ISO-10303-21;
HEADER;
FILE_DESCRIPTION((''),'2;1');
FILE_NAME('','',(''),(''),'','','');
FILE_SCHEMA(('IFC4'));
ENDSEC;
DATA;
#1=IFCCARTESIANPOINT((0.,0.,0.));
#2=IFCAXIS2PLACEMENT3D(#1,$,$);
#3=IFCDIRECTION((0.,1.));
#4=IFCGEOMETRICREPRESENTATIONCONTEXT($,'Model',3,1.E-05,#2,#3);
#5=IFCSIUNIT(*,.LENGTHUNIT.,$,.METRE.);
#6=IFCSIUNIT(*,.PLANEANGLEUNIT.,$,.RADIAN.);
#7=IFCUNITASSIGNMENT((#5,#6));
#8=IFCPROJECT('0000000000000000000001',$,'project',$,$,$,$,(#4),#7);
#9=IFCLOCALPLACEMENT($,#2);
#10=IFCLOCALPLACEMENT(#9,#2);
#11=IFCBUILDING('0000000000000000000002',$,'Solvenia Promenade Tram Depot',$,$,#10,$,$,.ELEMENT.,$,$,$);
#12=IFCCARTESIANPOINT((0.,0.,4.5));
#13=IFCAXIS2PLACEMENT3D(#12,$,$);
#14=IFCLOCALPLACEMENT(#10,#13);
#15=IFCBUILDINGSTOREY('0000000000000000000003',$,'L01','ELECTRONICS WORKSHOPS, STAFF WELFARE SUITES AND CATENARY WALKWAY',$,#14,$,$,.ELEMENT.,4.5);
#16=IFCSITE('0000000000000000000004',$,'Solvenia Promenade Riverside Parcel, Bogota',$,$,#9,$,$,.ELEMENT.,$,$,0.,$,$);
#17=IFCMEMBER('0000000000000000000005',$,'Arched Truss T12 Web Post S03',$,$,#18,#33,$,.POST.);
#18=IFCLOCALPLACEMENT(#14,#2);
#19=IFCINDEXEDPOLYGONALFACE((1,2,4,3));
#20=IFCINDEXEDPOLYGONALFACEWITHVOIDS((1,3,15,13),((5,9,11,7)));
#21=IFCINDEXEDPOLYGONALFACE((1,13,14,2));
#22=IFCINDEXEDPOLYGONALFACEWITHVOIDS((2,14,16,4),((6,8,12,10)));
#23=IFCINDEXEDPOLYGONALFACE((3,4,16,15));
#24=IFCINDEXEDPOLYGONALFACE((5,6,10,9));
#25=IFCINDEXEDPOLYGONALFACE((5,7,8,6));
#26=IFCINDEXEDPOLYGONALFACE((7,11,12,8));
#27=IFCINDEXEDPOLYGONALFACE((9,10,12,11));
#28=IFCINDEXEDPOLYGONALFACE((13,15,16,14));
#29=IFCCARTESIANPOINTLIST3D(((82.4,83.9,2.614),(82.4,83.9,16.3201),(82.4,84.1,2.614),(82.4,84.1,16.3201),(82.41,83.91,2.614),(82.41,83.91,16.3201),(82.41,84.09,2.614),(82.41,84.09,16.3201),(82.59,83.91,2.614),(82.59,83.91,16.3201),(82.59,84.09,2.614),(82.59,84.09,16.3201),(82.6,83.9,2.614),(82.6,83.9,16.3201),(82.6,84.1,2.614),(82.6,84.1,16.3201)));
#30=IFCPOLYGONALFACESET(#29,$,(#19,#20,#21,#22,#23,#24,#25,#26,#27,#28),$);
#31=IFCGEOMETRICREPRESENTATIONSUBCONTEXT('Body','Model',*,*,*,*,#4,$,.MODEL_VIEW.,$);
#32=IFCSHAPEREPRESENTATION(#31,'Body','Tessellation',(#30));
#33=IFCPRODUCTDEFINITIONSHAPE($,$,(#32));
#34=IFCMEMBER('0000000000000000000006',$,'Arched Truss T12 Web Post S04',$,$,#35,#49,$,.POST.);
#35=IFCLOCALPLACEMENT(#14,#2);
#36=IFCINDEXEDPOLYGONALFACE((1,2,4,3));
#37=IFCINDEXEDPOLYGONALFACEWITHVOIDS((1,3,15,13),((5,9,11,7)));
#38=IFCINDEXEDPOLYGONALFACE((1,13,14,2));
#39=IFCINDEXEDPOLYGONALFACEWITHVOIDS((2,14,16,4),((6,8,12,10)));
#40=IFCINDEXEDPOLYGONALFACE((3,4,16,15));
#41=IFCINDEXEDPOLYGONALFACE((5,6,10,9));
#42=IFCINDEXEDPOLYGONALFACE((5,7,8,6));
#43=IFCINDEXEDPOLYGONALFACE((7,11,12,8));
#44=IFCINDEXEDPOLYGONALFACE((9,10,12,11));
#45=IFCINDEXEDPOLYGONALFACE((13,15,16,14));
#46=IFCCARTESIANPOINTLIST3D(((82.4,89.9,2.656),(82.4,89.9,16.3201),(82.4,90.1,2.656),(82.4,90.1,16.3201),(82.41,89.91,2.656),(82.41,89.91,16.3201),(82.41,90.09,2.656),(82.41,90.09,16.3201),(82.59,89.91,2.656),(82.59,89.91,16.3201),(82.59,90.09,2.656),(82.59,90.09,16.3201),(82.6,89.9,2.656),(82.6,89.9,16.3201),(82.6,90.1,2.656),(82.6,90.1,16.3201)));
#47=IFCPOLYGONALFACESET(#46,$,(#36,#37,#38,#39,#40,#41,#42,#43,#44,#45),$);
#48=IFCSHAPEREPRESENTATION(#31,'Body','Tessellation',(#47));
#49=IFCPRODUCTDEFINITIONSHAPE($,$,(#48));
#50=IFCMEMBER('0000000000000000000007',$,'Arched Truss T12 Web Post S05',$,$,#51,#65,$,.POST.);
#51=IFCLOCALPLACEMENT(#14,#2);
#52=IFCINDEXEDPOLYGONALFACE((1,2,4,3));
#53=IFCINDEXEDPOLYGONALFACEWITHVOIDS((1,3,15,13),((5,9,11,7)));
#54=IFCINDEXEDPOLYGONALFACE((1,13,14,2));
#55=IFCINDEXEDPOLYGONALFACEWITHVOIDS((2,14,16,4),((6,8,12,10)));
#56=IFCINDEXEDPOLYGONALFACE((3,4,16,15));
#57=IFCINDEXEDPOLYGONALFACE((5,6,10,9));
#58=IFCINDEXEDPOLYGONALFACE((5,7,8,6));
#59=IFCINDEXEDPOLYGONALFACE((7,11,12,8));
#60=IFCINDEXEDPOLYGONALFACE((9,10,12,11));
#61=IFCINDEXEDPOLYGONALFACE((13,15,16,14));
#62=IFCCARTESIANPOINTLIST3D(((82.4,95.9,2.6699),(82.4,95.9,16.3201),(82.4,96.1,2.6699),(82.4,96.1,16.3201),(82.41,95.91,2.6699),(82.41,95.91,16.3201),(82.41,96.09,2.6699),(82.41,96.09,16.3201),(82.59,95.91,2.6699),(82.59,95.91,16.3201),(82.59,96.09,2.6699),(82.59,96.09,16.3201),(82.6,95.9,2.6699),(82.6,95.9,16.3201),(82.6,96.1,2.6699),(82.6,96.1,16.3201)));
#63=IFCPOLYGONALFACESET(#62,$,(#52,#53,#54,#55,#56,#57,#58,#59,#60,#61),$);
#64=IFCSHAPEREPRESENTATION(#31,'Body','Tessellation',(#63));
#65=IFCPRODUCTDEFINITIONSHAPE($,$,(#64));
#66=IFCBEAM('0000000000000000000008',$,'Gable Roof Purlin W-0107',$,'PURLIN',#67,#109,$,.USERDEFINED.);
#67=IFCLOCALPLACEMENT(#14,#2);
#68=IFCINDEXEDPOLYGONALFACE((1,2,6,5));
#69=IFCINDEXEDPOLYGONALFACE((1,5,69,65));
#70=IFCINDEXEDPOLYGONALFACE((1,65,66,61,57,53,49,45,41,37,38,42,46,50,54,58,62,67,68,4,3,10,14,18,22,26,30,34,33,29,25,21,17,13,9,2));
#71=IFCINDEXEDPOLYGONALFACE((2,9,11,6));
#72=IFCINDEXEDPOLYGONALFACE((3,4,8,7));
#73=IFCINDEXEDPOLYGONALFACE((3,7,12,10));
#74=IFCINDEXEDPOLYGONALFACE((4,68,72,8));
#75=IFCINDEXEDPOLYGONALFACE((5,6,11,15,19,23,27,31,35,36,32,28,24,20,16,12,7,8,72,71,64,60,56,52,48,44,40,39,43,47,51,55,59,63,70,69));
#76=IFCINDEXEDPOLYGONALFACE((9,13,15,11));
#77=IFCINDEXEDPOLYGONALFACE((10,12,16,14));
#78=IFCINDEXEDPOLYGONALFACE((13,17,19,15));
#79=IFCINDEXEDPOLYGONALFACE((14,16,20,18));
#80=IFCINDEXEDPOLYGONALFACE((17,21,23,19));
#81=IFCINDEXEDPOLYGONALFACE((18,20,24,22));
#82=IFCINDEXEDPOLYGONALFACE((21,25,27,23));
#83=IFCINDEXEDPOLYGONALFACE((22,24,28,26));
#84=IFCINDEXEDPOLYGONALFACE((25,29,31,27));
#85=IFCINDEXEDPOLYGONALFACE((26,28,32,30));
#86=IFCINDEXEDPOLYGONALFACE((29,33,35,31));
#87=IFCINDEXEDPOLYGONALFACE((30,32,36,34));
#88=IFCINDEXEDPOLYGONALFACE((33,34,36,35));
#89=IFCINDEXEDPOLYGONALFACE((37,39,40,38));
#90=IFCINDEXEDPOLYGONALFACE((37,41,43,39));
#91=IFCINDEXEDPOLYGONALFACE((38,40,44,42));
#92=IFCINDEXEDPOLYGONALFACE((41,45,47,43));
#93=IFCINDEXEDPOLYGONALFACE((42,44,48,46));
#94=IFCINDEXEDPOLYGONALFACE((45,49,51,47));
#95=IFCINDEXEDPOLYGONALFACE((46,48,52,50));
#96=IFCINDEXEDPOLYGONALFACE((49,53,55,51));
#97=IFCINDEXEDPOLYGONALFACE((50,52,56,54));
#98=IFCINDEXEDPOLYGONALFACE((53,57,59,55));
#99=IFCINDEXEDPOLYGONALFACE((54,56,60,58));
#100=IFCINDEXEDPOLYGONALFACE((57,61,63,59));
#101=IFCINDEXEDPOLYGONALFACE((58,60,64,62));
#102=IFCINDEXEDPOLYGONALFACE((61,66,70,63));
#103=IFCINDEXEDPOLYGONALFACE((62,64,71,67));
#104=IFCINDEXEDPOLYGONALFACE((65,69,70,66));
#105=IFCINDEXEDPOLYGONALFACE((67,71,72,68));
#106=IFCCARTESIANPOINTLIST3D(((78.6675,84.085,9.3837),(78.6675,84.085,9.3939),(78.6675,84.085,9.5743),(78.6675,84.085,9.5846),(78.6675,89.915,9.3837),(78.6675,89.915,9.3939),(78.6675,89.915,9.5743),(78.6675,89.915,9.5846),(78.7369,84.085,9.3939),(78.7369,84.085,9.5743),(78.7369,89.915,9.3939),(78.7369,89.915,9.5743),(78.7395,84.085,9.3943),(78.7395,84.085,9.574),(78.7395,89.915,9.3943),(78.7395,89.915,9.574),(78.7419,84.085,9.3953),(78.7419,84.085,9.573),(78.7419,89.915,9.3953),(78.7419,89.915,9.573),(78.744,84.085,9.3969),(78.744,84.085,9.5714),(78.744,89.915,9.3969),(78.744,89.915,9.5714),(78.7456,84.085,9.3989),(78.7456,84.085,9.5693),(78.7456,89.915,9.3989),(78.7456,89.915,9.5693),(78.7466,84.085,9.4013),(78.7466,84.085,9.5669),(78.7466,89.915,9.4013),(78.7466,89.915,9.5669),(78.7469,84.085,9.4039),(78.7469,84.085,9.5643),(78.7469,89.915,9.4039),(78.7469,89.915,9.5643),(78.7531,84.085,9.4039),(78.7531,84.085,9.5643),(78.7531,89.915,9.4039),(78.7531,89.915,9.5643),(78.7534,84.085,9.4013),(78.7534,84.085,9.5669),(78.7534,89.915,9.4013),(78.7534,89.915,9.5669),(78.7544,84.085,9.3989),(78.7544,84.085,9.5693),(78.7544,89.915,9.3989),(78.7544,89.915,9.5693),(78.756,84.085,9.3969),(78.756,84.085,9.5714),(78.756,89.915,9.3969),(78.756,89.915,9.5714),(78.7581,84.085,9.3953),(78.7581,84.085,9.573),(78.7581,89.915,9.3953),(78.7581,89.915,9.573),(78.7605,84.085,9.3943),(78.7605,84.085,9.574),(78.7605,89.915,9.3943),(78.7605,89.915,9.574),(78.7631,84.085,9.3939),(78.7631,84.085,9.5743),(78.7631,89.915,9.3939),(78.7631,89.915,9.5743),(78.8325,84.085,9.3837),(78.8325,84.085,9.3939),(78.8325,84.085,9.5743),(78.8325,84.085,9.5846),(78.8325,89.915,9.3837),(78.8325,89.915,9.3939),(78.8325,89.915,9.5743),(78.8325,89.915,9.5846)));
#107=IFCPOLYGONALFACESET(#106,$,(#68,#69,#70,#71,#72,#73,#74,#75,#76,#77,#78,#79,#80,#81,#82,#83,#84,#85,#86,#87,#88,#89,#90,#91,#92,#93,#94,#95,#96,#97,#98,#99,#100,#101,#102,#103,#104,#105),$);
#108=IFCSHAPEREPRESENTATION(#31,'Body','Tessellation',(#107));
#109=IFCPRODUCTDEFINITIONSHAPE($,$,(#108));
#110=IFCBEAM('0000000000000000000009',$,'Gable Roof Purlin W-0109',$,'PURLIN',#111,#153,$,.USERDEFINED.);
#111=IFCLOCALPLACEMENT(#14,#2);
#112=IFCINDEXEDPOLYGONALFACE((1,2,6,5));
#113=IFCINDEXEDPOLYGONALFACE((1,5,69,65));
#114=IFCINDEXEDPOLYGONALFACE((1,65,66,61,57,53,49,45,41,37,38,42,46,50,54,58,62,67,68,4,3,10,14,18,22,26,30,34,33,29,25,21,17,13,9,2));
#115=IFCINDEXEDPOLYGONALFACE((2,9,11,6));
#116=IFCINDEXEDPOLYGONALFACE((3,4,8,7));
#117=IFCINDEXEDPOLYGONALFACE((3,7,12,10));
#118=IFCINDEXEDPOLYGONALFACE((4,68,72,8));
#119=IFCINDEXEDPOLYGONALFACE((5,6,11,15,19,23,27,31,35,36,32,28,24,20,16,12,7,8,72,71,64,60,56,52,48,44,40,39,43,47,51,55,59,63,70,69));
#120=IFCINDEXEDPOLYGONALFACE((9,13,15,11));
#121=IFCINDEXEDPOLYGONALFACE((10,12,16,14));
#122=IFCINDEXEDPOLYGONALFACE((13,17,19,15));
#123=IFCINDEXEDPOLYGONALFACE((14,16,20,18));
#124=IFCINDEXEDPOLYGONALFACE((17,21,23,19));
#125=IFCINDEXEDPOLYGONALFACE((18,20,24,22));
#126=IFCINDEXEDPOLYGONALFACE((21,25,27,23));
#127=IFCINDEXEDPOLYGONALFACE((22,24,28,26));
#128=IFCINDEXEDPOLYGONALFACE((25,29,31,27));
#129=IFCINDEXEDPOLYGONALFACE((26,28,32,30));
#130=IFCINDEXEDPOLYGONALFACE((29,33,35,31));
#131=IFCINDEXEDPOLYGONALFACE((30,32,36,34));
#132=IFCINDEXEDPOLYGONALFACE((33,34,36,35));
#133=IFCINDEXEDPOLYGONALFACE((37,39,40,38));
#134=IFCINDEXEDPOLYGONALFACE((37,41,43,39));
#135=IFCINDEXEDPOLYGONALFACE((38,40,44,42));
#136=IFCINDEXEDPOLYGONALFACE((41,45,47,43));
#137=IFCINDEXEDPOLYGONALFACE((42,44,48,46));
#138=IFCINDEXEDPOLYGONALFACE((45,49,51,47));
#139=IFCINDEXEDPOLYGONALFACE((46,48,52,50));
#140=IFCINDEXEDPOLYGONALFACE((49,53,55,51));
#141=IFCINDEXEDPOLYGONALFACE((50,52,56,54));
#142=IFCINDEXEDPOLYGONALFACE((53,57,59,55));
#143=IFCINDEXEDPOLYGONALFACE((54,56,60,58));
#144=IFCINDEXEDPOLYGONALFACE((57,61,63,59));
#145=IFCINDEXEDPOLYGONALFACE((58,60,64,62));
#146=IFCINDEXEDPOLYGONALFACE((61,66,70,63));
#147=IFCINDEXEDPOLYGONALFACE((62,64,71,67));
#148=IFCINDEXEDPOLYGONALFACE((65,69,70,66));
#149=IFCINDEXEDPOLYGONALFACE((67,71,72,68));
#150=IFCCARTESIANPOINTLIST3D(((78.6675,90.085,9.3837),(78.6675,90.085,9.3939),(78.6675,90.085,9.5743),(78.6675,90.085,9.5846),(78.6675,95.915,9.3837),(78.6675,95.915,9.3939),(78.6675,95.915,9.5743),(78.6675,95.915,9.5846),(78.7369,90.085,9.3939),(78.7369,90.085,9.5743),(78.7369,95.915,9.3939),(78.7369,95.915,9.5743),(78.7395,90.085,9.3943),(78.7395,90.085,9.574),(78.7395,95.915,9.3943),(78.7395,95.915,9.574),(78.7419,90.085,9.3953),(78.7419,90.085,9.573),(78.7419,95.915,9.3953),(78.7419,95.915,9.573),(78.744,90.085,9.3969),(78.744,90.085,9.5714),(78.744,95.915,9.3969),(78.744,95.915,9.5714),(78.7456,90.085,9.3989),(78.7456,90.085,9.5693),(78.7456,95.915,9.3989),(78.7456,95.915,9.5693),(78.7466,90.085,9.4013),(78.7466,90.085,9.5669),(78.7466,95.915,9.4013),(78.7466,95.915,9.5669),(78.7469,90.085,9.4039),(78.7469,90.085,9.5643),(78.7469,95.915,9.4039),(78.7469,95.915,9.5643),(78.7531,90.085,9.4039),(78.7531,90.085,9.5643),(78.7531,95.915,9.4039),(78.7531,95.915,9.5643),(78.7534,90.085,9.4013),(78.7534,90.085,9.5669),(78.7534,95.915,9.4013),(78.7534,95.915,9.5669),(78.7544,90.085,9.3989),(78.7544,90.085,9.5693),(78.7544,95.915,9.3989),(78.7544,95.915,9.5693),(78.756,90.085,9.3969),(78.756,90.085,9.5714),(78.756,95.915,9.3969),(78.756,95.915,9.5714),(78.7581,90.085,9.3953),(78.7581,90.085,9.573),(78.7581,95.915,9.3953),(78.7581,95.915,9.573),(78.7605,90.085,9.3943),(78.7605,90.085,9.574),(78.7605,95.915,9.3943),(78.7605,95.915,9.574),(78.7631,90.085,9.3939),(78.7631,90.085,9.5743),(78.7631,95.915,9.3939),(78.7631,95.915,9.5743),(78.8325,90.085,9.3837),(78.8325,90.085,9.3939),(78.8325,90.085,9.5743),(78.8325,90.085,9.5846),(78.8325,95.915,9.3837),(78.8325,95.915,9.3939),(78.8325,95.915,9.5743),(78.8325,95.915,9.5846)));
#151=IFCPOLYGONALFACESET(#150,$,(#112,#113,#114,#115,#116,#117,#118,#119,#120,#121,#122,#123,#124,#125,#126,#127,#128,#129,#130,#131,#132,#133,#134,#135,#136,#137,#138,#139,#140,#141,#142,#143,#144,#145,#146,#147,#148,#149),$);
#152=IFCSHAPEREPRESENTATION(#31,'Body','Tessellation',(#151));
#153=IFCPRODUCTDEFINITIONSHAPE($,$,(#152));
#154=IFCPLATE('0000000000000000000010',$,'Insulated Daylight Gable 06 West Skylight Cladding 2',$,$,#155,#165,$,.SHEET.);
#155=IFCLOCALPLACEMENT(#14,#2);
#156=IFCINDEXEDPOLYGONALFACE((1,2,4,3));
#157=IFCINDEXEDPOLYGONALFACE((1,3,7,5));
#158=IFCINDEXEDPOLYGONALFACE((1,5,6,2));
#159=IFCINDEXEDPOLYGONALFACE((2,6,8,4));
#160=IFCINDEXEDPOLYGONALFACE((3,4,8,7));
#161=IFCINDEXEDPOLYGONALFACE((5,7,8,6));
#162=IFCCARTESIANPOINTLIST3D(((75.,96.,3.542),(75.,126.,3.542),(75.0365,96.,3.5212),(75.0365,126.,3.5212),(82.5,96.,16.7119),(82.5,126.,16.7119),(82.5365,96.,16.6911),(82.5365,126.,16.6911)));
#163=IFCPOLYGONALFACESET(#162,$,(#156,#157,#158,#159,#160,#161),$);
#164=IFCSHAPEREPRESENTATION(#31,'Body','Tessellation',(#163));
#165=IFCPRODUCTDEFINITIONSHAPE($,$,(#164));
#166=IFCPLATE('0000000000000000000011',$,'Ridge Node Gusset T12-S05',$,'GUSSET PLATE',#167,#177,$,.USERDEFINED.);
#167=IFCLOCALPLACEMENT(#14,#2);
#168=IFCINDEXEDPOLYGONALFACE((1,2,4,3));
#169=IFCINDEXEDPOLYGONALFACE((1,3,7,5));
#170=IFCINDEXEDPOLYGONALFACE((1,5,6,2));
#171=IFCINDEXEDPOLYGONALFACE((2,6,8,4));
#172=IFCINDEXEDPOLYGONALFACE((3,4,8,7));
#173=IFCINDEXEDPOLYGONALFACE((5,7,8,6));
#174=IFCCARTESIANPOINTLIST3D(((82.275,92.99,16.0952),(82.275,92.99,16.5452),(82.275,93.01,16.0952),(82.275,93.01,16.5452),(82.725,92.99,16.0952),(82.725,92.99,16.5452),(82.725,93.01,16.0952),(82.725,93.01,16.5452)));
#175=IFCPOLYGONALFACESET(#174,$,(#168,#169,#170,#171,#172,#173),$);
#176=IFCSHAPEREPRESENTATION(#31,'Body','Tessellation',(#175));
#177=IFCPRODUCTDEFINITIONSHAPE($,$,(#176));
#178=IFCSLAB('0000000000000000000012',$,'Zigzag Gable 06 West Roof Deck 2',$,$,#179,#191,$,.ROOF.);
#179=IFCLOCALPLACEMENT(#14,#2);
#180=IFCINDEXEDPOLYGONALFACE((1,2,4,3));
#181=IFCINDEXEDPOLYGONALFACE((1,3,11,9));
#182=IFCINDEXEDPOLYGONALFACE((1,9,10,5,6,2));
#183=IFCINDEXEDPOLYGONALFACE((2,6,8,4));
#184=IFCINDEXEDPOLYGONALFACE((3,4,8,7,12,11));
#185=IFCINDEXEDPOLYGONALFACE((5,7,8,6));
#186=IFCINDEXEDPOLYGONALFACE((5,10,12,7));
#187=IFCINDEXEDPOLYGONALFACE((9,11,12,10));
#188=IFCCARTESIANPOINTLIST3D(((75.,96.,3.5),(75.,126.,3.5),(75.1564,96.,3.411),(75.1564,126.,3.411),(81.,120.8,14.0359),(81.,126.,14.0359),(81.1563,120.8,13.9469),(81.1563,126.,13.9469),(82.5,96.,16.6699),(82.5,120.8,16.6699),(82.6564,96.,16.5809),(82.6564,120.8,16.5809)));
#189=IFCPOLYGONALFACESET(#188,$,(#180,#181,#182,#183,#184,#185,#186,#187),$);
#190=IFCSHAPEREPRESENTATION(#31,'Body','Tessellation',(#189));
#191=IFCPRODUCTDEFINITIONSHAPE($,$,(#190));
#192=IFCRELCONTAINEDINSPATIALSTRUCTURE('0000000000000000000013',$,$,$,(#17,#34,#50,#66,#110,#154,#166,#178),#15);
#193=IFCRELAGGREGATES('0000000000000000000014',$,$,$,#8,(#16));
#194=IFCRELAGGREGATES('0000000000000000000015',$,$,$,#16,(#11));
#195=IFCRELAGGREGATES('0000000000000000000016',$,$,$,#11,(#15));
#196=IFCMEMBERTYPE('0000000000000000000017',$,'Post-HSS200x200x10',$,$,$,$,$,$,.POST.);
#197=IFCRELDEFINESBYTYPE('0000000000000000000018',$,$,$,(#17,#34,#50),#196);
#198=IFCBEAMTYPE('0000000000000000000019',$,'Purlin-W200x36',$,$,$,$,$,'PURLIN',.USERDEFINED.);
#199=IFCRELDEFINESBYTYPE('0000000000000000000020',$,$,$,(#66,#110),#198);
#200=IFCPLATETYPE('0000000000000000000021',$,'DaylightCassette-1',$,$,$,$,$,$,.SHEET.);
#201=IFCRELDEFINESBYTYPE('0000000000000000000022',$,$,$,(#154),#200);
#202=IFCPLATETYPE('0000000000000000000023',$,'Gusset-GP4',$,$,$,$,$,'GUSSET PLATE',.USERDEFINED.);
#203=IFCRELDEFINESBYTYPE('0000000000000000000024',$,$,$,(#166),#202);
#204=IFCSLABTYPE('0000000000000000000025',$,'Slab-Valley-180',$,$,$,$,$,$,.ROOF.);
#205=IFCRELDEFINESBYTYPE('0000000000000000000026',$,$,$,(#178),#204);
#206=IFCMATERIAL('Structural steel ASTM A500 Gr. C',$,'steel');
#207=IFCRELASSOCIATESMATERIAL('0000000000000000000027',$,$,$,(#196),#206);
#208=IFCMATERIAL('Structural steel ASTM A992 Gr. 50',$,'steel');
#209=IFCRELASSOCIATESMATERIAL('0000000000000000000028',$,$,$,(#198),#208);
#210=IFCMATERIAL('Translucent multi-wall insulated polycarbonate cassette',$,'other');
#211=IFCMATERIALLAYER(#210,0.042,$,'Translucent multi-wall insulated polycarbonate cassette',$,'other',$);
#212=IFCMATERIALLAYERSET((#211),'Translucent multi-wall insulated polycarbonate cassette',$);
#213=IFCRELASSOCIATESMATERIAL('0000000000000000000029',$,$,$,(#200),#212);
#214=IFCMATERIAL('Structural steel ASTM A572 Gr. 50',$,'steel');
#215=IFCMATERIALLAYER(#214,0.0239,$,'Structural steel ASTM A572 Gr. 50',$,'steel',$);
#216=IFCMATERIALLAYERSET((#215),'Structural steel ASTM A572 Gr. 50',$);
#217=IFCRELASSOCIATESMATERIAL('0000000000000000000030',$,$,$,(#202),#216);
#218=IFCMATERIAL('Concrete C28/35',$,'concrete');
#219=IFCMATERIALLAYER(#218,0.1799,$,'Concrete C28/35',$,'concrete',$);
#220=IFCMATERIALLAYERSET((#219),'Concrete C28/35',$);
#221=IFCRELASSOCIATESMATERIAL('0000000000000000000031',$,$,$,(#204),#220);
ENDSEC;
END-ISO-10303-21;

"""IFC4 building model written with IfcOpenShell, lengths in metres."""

from ifc_helpers import new_model, si_unit, direction, frame, origin, origin_2d, place, context, subcontext, project, spatial, polyline, rectangle, hollow_rectangle, i_section, outline, extrude, material, layer, layer_set, material_profile, profile_set, type_object, element, save


model = new_model("IFC4")

# Units and contexts
model_context = context("Model", 3, precision=1e-05, world=origin(), true_north=direction((0.0, 1.0)))
body_context = subcontext(model_context, "Body", "Model", "MODEL_VIEW")
ifc_project = project(units=[si_unit("LENGTHUNIT", "METRE"), si_unit("PLANEANGLEUNIT", "RADIAN")], contexts=[model_context])

# Site, building, storey
site_placement = place(None, origin())
site = spatial("IfcSite", under=ifc_project, at=site_placement, Name="Solvenia Promenade Riverside Parcel, Bogota", CompositionType="ELEMENT", RefElevation=0.0)
building_placement = place(site_placement, origin())
building = spatial("IfcBuilding", under=site, at=building_placement, Name="Solvenia Promenade Tram Depot", CompositionType="ELEMENT")
storey_placement = place(building_placement, frame((0.0, 0.0, 4.5)))
storey = spatial("IfcBuildingStorey", under=building, at=storey_placement, Name="L01", Description="ELECTRONICS WORKSHOPS, STAFF WELFARE SUITES AND CATENARY WALKWAY", CompositionType="ELEMENT", Elevation=4.5)

# Members
ifc_material_1 = material(Name="Structural steel ASTM A500 Gr. C", Category="steel")
ifc_material_profile_1 = material_profile(ifc_material_1, hollow_rectangle(XDim=0.2, YDim=0.2, WallThickness=0.01, at=origin_2d()), Name="HSS200x200x10", Category="steel")
ifc_profile_set_1 = profile_set([ifc_material_profile_1], Name="Structural steel ASTM A500 Gr. C")
member_type_1 = type_object("IfcMemberType", Name="Post-HSS200x200x10", PredefinedType="POST", material=ifc_profile_set_1)
member_1_placement = place(storey_placement, frame((82.5, 84.0, 2.614), z_axis=(0.0, 0.0, 1.0), x_axis=(1.0, 0.0, 0.0)))
element("IfcMember", 1, at=member_1_placement, inside=storey, type_object=member_type_1, Name="Arched Truss T12 Web Post S03", PredefinedType="POST", context=body_context, shape_type="SweptSolid", body=[
    extrude(hollow_rectangle(XDim=0.2, YDim=0.2, WallThickness=0.01, at=origin_2d()), origin(), (0.0, 0.0, 1.0), 13.7061),
])
member_2_placement = place(storey_placement, frame((82.5, 90.0, 2.656), z_axis=(0.0, 0.0, 1.0), x_axis=(1.0, 0.0, 0.0)))
element("IfcMember", 2, at=member_2_placement, inside=storey, type_object=member_type_1, Name="Arched Truss T12 Web Post S04", PredefinedType="POST", context=body_context, shape_type="SweptSolid", body=[
    extrude(hollow_rectangle(XDim=0.2, YDim=0.2, WallThickness=0.01, at=origin_2d()), origin(), (0.0, 0.0, 1.0), 13.6641),
])
member_3_placement = place(storey_placement, frame((82.5, 96.0, 2.6699), z_axis=(0.0, 0.0, 1.0), x_axis=(1.0, 0.0, 0.0)))
element("IfcMember", 3, at=member_3_placement, inside=storey, type_object=member_type_1, Name="Arched Truss T12 Web Post S05", PredefinedType="POST", context=body_context, shape_type="SweptSolid", body=[
    extrude(hollow_rectangle(XDim=0.2, YDim=0.2, WallThickness=0.01, at=origin_2d()), origin(), (0.0, 0.0, 1.0), 13.6501),
])

# Beams
ifc_material_2 = material(Name="Structural steel ASTM A992 Gr. 50", Category="steel")
ifc_material_profile_2 = material_profile(ifc_material_2, i_section(OverallWidth=0.165, OverallDepth=0.2009, WebThickness=0.0061, FlangeThickness=0.0103, FilletRadius=0.01, at=origin_2d()), Name="W200x36", Category="steel")
ifc_profile_set_2 = profile_set([ifc_material_profile_2], Name="Structural steel ASTM A992 Gr. 50")
beam_type = type_object("IfcBeamType", Name="Purlin-W200x36", ElementType="PURLIN", PredefinedType="USERDEFINED", material=ifc_profile_set_2)
for number, where, z_axis, x_axis, name in (
    (4, (78.75, 84.085, 9.4841), (0.0, 1.0, 0.0), (-1.0, 0.0, 0.0), "Gable Roof Purlin W-0107"),
    (5, (78.75, 90.085, 9.4841), (0.0, 1.0, 0.0), (-1.0, 0.0, 0.0), "Gable Roof Purlin W-0109"),
):
    element("IfcBeam", number, at=place(storey_placement, frame(where, z_axis=z_axis, x_axis=x_axis)), inside=storey, type_object=beam_type, Name=name, ObjectType="PURLIN", PredefinedType="USERDEFINED", context=body_context, shape_type="SweptSolid", body=[
        extrude(i_section(OverallWidth=0.165, OverallDepth=0.2009, WebThickness=0.0061, FlangeThickness=0.0103, FilletRadius=0.01, at=origin_2d()), origin(), (0.0, 0.0, 1.0), 5.8301),
    ])

# Plates
ifc_material_3 = material(Name="Translucent multi-wall insulated polycarbonate cassette", Category="other")
ifc_layer_1 = layer(ifc_material_3, 0.042, Name="Translucent multi-wall insulated polycarbonate cassette", Category="other")
ifc_layer_set_1 = layer_set([ifc_layer_1], Name="Translucent multi-wall insulated polycarbonate cassette")
plate_type_1 = type_object("IfcPlateType", Name="DaylightCassette-1", PredefinedType="SHEET", material=ifc_layer_set_1)
plate_1_placement = place(storey_placement, frame((75.0, 96.0, 3.542), z_axis=(-0.868972, 0.0, 0.494862), x_axis=(0.0, 1.0, 0.0)))
element("IfcPlate", 6, at=plate_1_placement, inside=storey, type_object=plate_type_1, Name="Insulated Daylight Gable 06 West Skylight Cladding 2", PredefinedType="SHEET", context=body_context, shape_type="SweptSolid", body=[
    extrude(outline(polyline([(0.0, 0.0), (30.0, 0.0), (30.0, -15.1558), (0.0, -15.1558), (0.0, 0.0)])), origin(), (0.0, 0.0, -1.0), 0.042),
])
ifc_material_4 = material(Name="Structural steel ASTM A572 Gr. 50", Category="steel")
ifc_layer_2 = layer(ifc_material_4, 0.0239, Name="Structural steel ASTM A572 Gr. 50", Category="steel")
ifc_layer_set_2 = layer_set([ifc_layer_2], Name="Structural steel ASTM A572 Gr. 50")
plate_type_2 = type_object("IfcPlateType", Name="Gusset-GP4", ElementType="GUSSET PLATE", PredefinedType="USERDEFINED", material=ifc_layer_set_2)
plate_2_placement = place(storey_placement, frame((82.5, 93.0, 16.0952), z_axis=(0.0, 0.0, 1.0), x_axis=(1.0, 0.0, 0.0)))
element("IfcPlate", 7, at=plate_2_placement, inside=storey, type_object=plate_type_2, Name="Ridge Node Gusset T12-S05", ObjectType="GUSSET PLATE", PredefinedType="USERDEFINED", context=body_context, shape_type="SweptSolid", body=[
    extrude(rectangle(XDim=0.45, YDim=0.02, at=origin_2d()), origin(), (0.0, 0.0, 1.0), 0.45),
])

# Slab
ifc_material_5 = material(Name="Concrete C28/35", Category="concrete")
ifc_layer_3 = layer(ifc_material_5, 0.1799, Name="Concrete C28/35", Category="concrete")
ifc_layer_set_3 = layer_set([ifc_layer_3], Name="Concrete C28/35")
slab_type = type_object("IfcSlabType", Name="Slab-Valley-180", PredefinedType="ROOF", material=ifc_layer_set_3)
slab_placement = place(storey_placement, frame((75.0, 96.0, 3.5), z_axis=(-0.868972, 0.0, 0.494862), x_axis=(0.0, 1.0, 0.0)))
element("IfcSlab", 8, at=slab_placement, inside=storey, type_object=slab_type, Name="Zigzag Gable 06 West Roof Deck 2", PredefinedType="ROOF", context=body_context, shape_type="SweptSolid", body=[
    extrude(outline(polyline([(0.0, 0.0), (30.0, 0.0), (30.0, -12.1246), (24.8, -12.1246), (24.8, -15.1558), (0.0, -15.1558), (0.0, 0.0)])), origin(), (0.0, 0.0, -1.0), 0.1799),
])

save(model, "model.ifc")
